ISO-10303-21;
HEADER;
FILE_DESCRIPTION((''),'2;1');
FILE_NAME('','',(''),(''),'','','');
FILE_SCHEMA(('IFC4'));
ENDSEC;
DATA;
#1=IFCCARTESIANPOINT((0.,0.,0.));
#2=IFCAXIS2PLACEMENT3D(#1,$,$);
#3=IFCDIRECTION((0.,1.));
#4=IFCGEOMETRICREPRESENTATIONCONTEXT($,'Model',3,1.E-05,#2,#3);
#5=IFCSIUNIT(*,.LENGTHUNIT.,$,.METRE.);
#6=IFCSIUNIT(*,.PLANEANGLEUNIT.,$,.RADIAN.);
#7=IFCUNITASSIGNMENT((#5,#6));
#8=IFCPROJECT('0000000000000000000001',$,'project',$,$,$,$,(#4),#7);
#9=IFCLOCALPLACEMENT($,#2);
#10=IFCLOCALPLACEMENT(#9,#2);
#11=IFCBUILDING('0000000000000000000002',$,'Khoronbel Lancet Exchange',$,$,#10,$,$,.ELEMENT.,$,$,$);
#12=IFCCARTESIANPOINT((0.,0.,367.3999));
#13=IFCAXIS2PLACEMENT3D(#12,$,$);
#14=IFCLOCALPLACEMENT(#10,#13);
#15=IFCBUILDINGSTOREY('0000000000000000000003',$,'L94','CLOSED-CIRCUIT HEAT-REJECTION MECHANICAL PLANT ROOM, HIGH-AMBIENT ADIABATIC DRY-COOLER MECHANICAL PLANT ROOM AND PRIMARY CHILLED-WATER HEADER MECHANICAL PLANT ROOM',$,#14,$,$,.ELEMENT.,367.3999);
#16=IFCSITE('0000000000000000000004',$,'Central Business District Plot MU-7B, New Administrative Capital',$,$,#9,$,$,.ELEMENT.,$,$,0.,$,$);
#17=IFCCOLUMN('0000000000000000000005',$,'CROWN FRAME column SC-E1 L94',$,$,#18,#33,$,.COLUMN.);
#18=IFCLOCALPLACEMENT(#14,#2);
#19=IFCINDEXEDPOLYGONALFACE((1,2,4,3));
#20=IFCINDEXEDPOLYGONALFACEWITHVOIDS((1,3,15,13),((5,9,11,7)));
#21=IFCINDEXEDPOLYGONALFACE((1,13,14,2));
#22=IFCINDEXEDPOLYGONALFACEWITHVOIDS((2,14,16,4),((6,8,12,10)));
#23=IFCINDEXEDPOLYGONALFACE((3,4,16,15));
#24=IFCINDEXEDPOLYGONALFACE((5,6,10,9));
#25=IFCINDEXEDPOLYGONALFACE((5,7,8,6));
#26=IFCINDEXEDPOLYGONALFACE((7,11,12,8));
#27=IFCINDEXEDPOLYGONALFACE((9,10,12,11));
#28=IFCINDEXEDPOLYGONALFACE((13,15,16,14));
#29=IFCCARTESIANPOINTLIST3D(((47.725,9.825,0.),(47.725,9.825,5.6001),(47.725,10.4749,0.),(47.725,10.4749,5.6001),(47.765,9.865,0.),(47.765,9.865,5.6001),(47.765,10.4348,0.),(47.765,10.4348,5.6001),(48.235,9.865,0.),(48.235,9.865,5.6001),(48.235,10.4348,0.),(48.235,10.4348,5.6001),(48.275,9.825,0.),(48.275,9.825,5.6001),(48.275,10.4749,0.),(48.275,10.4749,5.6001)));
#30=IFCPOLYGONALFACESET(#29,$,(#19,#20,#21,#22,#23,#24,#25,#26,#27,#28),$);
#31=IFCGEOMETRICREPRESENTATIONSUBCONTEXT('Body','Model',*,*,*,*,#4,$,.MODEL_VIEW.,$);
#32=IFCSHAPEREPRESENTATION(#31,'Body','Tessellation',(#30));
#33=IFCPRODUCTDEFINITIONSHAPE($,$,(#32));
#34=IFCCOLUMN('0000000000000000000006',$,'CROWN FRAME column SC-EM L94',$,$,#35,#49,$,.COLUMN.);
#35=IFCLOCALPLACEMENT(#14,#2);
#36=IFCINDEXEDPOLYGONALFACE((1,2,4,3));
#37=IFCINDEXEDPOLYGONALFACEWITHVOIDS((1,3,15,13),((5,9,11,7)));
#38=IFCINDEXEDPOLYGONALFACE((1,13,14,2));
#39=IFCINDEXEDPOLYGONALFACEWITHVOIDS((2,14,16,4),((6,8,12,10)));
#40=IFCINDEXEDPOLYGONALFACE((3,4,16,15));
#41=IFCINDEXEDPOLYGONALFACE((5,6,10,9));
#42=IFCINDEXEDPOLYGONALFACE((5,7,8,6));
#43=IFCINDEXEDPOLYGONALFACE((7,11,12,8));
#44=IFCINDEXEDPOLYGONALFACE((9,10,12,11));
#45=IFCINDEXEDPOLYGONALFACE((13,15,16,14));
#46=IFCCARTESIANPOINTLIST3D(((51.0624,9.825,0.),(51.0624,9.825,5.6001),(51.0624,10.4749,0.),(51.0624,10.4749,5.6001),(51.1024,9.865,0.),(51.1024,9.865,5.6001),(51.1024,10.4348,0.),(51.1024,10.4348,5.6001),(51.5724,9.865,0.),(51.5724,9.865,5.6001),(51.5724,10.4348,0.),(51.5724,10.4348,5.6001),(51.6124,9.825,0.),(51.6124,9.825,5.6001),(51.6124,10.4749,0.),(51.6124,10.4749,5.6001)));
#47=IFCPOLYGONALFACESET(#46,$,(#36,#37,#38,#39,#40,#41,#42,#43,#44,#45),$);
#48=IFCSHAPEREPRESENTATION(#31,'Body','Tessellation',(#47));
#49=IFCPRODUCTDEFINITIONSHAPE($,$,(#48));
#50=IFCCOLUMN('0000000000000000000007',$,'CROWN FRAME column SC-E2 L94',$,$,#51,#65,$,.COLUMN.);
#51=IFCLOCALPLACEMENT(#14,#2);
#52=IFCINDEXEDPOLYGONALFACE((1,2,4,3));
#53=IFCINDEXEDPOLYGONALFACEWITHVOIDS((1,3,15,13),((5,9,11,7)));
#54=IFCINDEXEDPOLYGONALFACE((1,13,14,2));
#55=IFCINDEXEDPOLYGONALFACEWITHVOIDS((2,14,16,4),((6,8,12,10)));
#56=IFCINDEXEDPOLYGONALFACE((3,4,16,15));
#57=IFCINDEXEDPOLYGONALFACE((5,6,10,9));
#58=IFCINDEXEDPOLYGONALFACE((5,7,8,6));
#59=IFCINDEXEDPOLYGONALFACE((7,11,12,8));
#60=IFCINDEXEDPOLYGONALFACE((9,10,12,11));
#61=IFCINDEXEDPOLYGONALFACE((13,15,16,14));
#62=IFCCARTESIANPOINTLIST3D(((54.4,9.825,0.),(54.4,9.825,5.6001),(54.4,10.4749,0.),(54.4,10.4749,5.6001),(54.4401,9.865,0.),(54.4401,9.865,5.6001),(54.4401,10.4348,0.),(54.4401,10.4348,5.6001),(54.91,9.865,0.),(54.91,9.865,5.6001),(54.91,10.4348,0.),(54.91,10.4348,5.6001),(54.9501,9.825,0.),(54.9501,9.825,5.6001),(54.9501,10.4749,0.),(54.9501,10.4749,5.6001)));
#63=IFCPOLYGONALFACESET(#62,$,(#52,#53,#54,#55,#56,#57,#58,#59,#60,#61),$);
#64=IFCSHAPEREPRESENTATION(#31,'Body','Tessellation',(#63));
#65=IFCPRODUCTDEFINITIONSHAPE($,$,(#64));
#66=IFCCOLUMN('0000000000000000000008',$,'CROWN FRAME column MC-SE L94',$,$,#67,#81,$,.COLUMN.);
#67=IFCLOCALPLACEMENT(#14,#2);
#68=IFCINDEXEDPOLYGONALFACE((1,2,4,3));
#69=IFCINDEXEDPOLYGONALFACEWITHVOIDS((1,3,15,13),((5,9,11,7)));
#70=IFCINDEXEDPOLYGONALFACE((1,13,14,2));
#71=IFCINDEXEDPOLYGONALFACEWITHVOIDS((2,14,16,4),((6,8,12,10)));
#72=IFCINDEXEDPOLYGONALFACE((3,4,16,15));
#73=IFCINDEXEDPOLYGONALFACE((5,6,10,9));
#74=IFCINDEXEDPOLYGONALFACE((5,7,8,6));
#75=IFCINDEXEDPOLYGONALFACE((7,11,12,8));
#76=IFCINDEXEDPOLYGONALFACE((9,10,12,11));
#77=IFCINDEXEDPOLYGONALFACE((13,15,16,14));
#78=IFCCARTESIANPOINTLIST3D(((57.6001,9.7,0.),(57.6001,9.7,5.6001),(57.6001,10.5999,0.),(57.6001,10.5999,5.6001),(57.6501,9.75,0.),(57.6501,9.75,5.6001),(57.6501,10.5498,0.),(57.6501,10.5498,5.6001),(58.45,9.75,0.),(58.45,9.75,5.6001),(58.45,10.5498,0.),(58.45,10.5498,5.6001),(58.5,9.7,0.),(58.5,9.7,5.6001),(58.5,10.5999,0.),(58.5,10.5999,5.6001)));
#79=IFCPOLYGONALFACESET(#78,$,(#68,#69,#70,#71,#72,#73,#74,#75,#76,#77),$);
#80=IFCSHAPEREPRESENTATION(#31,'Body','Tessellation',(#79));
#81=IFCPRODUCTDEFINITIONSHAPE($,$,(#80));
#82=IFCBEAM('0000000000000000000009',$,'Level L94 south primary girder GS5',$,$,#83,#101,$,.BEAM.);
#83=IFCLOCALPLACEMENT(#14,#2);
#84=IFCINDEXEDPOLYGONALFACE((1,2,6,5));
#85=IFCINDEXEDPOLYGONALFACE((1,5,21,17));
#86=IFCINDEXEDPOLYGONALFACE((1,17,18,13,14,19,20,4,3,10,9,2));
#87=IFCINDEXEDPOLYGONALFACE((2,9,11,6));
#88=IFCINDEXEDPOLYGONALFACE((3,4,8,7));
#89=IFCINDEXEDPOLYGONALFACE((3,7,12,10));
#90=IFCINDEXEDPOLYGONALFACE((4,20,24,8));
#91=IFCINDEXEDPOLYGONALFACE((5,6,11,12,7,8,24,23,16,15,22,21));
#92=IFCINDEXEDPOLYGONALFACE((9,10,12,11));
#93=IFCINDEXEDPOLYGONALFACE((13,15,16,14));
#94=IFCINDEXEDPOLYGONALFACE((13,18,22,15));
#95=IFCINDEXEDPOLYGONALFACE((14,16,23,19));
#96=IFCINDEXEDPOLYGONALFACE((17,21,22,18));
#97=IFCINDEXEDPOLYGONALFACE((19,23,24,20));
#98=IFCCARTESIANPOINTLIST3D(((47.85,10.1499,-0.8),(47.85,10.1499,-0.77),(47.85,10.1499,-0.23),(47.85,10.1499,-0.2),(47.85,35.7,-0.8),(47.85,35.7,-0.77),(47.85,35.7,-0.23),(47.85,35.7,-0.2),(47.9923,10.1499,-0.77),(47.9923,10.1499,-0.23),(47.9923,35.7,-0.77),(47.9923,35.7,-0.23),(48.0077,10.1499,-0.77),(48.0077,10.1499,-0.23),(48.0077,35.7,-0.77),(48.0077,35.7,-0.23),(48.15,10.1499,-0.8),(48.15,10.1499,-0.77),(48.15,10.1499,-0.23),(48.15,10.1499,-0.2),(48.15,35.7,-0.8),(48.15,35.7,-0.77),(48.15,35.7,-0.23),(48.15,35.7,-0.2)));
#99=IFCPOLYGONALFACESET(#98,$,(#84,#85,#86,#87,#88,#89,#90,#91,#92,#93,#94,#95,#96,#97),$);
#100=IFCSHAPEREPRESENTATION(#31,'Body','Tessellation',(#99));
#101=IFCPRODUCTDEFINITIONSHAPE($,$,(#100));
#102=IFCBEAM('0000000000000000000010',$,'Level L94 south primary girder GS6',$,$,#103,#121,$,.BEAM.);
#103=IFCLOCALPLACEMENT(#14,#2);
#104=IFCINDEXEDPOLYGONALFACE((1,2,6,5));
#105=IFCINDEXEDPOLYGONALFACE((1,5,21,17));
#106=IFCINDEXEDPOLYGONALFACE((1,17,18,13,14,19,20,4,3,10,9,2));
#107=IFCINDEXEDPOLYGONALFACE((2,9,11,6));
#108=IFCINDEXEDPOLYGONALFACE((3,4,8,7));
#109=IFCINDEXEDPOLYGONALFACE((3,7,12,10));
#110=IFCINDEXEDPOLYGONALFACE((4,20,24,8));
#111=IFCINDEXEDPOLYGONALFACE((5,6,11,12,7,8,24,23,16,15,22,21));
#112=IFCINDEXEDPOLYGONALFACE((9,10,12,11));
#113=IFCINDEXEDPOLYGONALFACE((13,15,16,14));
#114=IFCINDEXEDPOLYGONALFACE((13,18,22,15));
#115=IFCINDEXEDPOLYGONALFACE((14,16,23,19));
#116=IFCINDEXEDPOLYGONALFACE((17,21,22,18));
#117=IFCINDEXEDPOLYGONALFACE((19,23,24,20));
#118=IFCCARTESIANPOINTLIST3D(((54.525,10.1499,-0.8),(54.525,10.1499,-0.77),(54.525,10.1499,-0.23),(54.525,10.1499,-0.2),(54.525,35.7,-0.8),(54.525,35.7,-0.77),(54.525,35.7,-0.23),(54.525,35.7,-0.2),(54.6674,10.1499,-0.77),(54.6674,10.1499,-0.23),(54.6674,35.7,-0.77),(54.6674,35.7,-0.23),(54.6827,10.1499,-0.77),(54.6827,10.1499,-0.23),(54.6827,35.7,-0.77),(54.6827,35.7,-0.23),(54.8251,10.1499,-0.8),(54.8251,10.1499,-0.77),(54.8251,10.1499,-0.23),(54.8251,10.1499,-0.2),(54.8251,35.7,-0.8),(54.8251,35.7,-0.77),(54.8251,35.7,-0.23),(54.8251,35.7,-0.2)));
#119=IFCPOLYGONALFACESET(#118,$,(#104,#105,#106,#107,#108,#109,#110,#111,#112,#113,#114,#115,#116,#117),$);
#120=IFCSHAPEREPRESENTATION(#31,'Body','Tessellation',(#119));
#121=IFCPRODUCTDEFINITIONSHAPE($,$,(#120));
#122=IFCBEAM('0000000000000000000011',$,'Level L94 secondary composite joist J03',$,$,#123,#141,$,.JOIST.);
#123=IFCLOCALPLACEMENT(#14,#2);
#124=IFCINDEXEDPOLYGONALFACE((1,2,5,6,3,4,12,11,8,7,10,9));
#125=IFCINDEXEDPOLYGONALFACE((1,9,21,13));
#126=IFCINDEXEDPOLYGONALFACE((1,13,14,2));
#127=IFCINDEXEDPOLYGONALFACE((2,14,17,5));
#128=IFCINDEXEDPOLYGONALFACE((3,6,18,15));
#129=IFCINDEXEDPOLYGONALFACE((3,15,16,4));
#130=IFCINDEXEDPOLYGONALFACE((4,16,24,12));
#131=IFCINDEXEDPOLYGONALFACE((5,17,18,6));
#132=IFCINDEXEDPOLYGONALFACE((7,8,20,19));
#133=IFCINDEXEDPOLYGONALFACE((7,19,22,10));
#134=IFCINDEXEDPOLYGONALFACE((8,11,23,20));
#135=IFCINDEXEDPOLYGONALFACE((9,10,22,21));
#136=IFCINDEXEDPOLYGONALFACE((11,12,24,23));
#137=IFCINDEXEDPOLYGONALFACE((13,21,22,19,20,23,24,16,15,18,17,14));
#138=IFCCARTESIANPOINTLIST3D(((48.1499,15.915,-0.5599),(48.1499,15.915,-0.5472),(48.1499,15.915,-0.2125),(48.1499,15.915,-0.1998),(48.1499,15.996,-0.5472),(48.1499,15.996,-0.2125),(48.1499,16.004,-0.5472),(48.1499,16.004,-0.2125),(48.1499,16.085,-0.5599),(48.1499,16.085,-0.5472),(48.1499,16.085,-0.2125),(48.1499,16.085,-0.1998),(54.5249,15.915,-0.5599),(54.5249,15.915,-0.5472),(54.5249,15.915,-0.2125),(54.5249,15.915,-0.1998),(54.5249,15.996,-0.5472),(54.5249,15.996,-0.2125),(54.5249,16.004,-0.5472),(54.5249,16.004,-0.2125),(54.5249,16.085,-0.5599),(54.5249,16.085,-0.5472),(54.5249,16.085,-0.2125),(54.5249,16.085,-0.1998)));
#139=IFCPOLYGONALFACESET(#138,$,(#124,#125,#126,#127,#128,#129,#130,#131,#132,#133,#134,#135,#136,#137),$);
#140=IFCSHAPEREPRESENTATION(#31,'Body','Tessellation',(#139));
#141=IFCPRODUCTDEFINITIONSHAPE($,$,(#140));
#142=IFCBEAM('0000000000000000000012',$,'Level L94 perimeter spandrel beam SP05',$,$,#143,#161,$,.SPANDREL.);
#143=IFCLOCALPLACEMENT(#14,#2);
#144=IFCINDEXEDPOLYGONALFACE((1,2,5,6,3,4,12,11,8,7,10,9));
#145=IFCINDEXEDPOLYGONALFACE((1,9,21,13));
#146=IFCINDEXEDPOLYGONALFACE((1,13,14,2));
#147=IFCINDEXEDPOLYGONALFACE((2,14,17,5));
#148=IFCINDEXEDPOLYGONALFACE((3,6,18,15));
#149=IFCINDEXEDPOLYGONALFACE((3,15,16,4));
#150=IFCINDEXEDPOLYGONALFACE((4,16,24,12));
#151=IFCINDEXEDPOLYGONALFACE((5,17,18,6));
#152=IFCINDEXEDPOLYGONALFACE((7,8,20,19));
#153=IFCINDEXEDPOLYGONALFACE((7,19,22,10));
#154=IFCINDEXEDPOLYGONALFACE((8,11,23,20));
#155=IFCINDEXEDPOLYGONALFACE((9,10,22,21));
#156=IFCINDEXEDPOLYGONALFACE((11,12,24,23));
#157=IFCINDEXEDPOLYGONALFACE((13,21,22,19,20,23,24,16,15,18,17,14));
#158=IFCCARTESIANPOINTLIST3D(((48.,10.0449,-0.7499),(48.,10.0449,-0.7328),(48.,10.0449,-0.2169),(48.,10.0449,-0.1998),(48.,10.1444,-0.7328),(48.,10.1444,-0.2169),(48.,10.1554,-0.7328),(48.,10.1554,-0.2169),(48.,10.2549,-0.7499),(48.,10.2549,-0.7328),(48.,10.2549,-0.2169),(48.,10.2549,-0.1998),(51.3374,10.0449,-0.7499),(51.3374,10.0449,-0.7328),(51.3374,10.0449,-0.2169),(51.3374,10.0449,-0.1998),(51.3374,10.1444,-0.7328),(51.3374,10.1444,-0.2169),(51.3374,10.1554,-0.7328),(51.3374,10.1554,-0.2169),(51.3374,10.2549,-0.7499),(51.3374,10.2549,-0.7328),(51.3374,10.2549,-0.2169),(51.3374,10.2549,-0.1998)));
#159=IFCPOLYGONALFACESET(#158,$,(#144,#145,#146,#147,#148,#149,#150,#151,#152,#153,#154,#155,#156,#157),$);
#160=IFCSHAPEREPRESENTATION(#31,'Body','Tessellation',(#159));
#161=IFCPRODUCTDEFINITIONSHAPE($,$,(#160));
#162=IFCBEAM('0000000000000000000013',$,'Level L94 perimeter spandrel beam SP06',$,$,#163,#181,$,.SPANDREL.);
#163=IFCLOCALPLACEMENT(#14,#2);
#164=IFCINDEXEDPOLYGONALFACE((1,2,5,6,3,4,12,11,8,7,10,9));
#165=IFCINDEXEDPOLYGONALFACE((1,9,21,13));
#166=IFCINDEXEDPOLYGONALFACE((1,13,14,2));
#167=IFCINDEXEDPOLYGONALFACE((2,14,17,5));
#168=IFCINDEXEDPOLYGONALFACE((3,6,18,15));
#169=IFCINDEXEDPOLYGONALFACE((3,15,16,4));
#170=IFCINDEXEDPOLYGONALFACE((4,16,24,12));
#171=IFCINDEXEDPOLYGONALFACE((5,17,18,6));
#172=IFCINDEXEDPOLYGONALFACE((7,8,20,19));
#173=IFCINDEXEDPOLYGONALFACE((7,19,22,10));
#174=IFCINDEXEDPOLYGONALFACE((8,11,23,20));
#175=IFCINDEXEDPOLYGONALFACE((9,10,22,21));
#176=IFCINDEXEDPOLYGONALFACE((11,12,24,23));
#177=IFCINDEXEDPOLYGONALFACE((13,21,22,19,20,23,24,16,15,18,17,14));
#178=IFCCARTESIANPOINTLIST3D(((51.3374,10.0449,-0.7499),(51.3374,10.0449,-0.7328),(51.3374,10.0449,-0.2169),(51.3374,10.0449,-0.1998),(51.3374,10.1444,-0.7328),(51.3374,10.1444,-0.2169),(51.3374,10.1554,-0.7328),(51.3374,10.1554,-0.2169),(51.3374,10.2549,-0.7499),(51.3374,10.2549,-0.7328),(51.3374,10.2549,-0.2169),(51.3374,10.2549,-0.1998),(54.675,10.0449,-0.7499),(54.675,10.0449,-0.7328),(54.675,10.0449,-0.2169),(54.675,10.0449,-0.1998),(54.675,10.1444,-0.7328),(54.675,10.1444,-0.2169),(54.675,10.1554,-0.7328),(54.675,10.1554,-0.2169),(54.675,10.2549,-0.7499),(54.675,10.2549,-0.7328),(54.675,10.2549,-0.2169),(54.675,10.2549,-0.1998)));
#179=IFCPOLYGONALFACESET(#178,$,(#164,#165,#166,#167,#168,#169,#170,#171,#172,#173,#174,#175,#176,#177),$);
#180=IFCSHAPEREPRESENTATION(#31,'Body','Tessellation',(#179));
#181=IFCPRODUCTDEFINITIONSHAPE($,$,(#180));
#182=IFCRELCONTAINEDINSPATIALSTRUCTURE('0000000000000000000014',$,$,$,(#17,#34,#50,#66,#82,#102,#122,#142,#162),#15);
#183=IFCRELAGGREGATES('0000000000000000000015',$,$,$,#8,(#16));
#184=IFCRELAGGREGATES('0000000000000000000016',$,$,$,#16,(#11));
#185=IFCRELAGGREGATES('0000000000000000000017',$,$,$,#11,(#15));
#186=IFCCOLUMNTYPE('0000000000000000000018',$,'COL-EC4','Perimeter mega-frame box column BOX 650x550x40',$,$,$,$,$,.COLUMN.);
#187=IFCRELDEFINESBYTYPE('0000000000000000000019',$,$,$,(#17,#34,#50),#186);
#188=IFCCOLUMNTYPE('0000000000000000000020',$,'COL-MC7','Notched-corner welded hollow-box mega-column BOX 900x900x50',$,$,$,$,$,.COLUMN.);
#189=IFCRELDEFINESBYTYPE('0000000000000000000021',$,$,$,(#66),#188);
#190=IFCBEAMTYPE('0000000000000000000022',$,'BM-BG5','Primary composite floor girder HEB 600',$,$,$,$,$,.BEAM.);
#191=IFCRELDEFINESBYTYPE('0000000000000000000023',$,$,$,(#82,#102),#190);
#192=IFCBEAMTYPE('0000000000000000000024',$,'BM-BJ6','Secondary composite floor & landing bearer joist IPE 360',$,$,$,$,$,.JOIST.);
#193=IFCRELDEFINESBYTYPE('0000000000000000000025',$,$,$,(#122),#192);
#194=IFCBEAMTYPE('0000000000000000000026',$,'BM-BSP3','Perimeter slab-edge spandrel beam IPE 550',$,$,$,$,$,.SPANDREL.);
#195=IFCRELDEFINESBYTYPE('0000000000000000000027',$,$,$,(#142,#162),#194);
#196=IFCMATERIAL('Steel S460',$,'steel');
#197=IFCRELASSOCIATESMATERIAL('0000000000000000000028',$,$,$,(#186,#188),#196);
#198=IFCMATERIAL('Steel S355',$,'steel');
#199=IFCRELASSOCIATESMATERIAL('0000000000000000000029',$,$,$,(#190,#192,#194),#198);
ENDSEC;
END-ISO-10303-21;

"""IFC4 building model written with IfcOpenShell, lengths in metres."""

from ifc_helpers import new_model, si_unit, direction, frame, origin, origin_2d, place, context, subcontext, project, spatial, hollow_rectangle, i_section, extrude, material, material_profile, profile_set, type_object, element, save


model = new_model("IFC4")

# Units and contexts
model_context = context("Model", 3, precision=1e-05, world=origin(), true_north=direction((0.0, 1.0)))
body_context = subcontext(model_context, "Body", "Model", "MODEL_VIEW")
ifc_project = project(units=[si_unit("LENGTHUNIT", "METRE"), si_unit("PLANEANGLEUNIT", "RADIAN")], contexts=[model_context])

# Site, building, storey
site_placement = place(None, origin())
site = spatial("IfcSite", under=ifc_project, at=site_placement, Name="Central Business District Plot MU-7B, New Administrative Capital", CompositionType="ELEMENT", RefElevation=0.0)
building_placement = place(site_placement, origin())
building = spatial("IfcBuilding", under=site, at=building_placement, Name="Khoronbel Lancet Exchange", CompositionType="ELEMENT")
storey_placement = place(building_placement, frame((0.0, 0.0, 367.3999)))
storey = spatial("IfcBuildingStorey", under=building, at=storey_placement, Name="L94", Description="CLOSED-CIRCUIT HEAT-REJECTION MECHANICAL PLANT ROOM, HIGH-AMBIENT ADIABATIC DRY-COOLER MECHANICAL PLANT ROOM AND PRIMARY CHILLED-WATER HEADER MECHANICAL PLANT ROOM", CompositionType="ELEMENT", Elevation=367.3999)

# Columns
ifc_material_1 = material(Name="Steel S460", Category="steel")
ifc_material_profile_1 = material_profile(ifc_material_1, hollow_rectangle(XDim=0.55, YDim=0.6499, WallThickness=0.04, at=origin_2d()), Name="BOX 650x550x40")
ifc_profile_set_1 = profile_set([ifc_material_profile_1], Name="Steel S460")
column_type_1 = type_object("IfcColumnType", Name="COL-EC4", Description="Perimeter mega-frame box column BOX 650x550x40", PredefinedType="COLUMN", material=ifc_profile_set_1)
for number, where, z_axis, x_axis, name in (
    (1, (48.0, 10.1499, 0.0), (0.0, 0.0, 1.0), (1.0, 0.0, 0.0), "CROWN FRAME column SC-E1 L94"),
    (2, (51.3374, 10.1499, 0.0), (0.0, 0.0, 1.0), (1.0, 0.0, 0.0), "CROWN FRAME column SC-EM L94"),
    (3, (54.675, 10.1499, 0.0), (0.0, 0.0, 1.0), (1.0, 0.0, 0.0), "CROWN FRAME column SC-E2 L94"),
):
    element("IfcColumn", number, at=place(storey_placement, frame(where, z_axis=z_axis, x_axis=x_axis)), inside=storey, type_object=column_type_1, Name=name, PredefinedType="COLUMN", context=body_context, shape_type="SweptSolid", body=[
        extrude(hollow_rectangle(XDim=0.55, YDim=0.6499, WallThickness=0.04, at=origin_2d()), origin(), (0.0, 0.0, 1.0), 5.6001),
    ])
ifc_material_profile_2 = material_profile(ifc_material_1, hollow_rectangle(XDim=0.8999, YDim=0.8999, WallThickness=0.05, at=origin_2d()), Name="BOX 900x900x50")
ifc_profile_set_2 = profile_set([ifc_material_profile_2], Name="Steel S460")
column_type_2 = type_object("IfcColumnType", Name="COL-MC7", Description="Notched-corner welded hollow-box mega-column BOX 900x900x50", PredefinedType="COLUMN", material=ifc_profile_set_2)
column_placement = place(storey_placement, frame((58.05, 10.1499, 0.0), z_axis=(0.0, 0.0, 1.0), x_axis=(1.0, 0.0, 0.0)))
element("IfcColumn", 4, at=column_placement, inside=storey, type_object=column_type_2, Name="CROWN FRAME column MC-SE L94", PredefinedType="COLUMN", context=body_context, shape_type="SweptSolid", body=[
    extrude(hollow_rectangle(XDim=0.8999, YDim=0.8999, WallThickness=0.05, at=origin_2d()), origin(), (0.0, 0.0, 1.0), 5.6001),
])

# Beams
ifc_material_2 = material(Name="Steel S355", Category="steel")
ifc_material_profile_3 = material_profile(ifc_material_2, i_section(OverallWidth=0.3, OverallDepth=0.6001, WebThickness=0.0154, FlangeThickness=0.03, at=origin_2d()), Name="HEB 600")
ifc_profile_set_3 = profile_set([ifc_material_profile_3], Name="Steel S355")
beam_type_1 = type_object("IfcBeamType", Name="BM-BG5", Description="Primary composite floor girder HEB 600", PredefinedType="BEAM", material=ifc_profile_set_3)
for number, where, z_axis, x_axis, name in (
    (5, (48.0, 10.1499, -0.5), (0.0, 1.0, 0.0), (-1.0, 0.0, 0.0), "Level L94 south primary girder GS5"),
    (6, (54.675, 10.1499, -0.5), (0.0, 1.0, 0.0), (-1.0, 0.0, 0.0), "Level L94 south primary girder GS6"),
):
    element("IfcBeam", number, at=place(storey_placement, frame(where, z_axis=z_axis, x_axis=x_axis)), inside=storey, type_object=beam_type_1, Name=name, PredefinedType="BEAM", context=body_context, shape_type="SweptSolid", body=[
        extrude(i_section(OverallWidth=0.3, OverallDepth=0.6001, WebThickness=0.0154, FlangeThickness=0.03, at=origin_2d()), origin(), (0.0, 0.0, 1.0), 25.55),
    ])
ifc_material_profile_4 = material_profile(ifc_material_2, i_section(OverallWidth=0.1699, OverallDepth=0.3601, WebThickness=0.0081, FlangeThickness=0.0127, at=origin_2d()), Name="IPE 360")
ifc_profile_set_4 = profile_set([ifc_material_profile_4], Name="Steel S355")
beam_type_2 = type_object("IfcBeamType", Name="BM-BJ6", Description="Secondary composite floor & landing bearer joist IPE 360", PredefinedType="JOIST", material=ifc_profile_set_4)
beam_1_placement = place(storey_placement, frame((48.1499, 16.0, -0.3799), z_axis=(1.0, 0.0, 0.0), x_axis=(0.0, 1.0, 0.0)))
element("IfcBeam", 7, at=beam_1_placement, inside=storey, type_object=beam_type_2, Name="Level L94 secondary composite joist J03", PredefinedType="JOIST", context=body_context, shape_type="SweptSolid", body=[
    extrude(i_section(OverallWidth=0.1699, OverallDepth=0.3601, WebThickness=0.0081, FlangeThickness=0.0127, at=origin_2d()), origin(), (0.0, 0.0, 1.0), 6.375),
])
ifc_material_profile_5 = material_profile(ifc_material_2, i_section(OverallWidth=0.21, OverallDepth=0.55, WebThickness=0.011, FlangeThickness=0.0171, at=origin_2d()), Name="IPE 550")
ifc_profile_set_5 = profile_set([ifc_material_profile_5], Name="Steel S355")
beam_type_3 = type_object("IfcBeamType", Name="BM-BSP3", Description="Perimeter slab-edge spandrel beam IPE 550", PredefinedType="SPANDREL", material=ifc_profile_set_5)
beam_2_placement = place(storey_placement, frame((48.0, 10.1499, -0.4749), z_axis=(1.0, 0.0, 0.0), x_axis=(0.0, 1.0, 0.0)))
element("IfcBeam", 8, at=beam_2_placement, inside=storey, type_object=beam_type_3, Name="Level L94 perimeter spandrel beam SP05", PredefinedType="SPANDREL", context=body_context, shape_type="SweptSolid", body=[
    extrude(i_section(OverallWidth=0.21, OverallDepth=0.55, WebThickness=0.011, FlangeThickness=0.0171, at=origin_2d()), origin(), (0.0, 0.0, 1.0), 3.3374),
])
beam_3_placement = place(storey_placement, frame((51.3374, 10.1499, -0.4749), z_axis=(1.0, 0.0, 0.0), x_axis=(0.0, 1.0, 0.0)))
element("IfcBeam", 9, at=beam_3_placement, inside=storey, type_object=beam_type_3, Name="Level L94 perimeter spandrel beam SP06", PredefinedType="SPANDREL", context=body_context, shape_type="SweptSolid", body=[
    extrude(i_section(OverallWidth=0.21, OverallDepth=0.55, WebThickness=0.011, FlangeThickness=0.0171, at=origin_2d()), origin(), (0.0, 0.0, 1.0), 3.3376),
])

save(model, "model.ifc")
